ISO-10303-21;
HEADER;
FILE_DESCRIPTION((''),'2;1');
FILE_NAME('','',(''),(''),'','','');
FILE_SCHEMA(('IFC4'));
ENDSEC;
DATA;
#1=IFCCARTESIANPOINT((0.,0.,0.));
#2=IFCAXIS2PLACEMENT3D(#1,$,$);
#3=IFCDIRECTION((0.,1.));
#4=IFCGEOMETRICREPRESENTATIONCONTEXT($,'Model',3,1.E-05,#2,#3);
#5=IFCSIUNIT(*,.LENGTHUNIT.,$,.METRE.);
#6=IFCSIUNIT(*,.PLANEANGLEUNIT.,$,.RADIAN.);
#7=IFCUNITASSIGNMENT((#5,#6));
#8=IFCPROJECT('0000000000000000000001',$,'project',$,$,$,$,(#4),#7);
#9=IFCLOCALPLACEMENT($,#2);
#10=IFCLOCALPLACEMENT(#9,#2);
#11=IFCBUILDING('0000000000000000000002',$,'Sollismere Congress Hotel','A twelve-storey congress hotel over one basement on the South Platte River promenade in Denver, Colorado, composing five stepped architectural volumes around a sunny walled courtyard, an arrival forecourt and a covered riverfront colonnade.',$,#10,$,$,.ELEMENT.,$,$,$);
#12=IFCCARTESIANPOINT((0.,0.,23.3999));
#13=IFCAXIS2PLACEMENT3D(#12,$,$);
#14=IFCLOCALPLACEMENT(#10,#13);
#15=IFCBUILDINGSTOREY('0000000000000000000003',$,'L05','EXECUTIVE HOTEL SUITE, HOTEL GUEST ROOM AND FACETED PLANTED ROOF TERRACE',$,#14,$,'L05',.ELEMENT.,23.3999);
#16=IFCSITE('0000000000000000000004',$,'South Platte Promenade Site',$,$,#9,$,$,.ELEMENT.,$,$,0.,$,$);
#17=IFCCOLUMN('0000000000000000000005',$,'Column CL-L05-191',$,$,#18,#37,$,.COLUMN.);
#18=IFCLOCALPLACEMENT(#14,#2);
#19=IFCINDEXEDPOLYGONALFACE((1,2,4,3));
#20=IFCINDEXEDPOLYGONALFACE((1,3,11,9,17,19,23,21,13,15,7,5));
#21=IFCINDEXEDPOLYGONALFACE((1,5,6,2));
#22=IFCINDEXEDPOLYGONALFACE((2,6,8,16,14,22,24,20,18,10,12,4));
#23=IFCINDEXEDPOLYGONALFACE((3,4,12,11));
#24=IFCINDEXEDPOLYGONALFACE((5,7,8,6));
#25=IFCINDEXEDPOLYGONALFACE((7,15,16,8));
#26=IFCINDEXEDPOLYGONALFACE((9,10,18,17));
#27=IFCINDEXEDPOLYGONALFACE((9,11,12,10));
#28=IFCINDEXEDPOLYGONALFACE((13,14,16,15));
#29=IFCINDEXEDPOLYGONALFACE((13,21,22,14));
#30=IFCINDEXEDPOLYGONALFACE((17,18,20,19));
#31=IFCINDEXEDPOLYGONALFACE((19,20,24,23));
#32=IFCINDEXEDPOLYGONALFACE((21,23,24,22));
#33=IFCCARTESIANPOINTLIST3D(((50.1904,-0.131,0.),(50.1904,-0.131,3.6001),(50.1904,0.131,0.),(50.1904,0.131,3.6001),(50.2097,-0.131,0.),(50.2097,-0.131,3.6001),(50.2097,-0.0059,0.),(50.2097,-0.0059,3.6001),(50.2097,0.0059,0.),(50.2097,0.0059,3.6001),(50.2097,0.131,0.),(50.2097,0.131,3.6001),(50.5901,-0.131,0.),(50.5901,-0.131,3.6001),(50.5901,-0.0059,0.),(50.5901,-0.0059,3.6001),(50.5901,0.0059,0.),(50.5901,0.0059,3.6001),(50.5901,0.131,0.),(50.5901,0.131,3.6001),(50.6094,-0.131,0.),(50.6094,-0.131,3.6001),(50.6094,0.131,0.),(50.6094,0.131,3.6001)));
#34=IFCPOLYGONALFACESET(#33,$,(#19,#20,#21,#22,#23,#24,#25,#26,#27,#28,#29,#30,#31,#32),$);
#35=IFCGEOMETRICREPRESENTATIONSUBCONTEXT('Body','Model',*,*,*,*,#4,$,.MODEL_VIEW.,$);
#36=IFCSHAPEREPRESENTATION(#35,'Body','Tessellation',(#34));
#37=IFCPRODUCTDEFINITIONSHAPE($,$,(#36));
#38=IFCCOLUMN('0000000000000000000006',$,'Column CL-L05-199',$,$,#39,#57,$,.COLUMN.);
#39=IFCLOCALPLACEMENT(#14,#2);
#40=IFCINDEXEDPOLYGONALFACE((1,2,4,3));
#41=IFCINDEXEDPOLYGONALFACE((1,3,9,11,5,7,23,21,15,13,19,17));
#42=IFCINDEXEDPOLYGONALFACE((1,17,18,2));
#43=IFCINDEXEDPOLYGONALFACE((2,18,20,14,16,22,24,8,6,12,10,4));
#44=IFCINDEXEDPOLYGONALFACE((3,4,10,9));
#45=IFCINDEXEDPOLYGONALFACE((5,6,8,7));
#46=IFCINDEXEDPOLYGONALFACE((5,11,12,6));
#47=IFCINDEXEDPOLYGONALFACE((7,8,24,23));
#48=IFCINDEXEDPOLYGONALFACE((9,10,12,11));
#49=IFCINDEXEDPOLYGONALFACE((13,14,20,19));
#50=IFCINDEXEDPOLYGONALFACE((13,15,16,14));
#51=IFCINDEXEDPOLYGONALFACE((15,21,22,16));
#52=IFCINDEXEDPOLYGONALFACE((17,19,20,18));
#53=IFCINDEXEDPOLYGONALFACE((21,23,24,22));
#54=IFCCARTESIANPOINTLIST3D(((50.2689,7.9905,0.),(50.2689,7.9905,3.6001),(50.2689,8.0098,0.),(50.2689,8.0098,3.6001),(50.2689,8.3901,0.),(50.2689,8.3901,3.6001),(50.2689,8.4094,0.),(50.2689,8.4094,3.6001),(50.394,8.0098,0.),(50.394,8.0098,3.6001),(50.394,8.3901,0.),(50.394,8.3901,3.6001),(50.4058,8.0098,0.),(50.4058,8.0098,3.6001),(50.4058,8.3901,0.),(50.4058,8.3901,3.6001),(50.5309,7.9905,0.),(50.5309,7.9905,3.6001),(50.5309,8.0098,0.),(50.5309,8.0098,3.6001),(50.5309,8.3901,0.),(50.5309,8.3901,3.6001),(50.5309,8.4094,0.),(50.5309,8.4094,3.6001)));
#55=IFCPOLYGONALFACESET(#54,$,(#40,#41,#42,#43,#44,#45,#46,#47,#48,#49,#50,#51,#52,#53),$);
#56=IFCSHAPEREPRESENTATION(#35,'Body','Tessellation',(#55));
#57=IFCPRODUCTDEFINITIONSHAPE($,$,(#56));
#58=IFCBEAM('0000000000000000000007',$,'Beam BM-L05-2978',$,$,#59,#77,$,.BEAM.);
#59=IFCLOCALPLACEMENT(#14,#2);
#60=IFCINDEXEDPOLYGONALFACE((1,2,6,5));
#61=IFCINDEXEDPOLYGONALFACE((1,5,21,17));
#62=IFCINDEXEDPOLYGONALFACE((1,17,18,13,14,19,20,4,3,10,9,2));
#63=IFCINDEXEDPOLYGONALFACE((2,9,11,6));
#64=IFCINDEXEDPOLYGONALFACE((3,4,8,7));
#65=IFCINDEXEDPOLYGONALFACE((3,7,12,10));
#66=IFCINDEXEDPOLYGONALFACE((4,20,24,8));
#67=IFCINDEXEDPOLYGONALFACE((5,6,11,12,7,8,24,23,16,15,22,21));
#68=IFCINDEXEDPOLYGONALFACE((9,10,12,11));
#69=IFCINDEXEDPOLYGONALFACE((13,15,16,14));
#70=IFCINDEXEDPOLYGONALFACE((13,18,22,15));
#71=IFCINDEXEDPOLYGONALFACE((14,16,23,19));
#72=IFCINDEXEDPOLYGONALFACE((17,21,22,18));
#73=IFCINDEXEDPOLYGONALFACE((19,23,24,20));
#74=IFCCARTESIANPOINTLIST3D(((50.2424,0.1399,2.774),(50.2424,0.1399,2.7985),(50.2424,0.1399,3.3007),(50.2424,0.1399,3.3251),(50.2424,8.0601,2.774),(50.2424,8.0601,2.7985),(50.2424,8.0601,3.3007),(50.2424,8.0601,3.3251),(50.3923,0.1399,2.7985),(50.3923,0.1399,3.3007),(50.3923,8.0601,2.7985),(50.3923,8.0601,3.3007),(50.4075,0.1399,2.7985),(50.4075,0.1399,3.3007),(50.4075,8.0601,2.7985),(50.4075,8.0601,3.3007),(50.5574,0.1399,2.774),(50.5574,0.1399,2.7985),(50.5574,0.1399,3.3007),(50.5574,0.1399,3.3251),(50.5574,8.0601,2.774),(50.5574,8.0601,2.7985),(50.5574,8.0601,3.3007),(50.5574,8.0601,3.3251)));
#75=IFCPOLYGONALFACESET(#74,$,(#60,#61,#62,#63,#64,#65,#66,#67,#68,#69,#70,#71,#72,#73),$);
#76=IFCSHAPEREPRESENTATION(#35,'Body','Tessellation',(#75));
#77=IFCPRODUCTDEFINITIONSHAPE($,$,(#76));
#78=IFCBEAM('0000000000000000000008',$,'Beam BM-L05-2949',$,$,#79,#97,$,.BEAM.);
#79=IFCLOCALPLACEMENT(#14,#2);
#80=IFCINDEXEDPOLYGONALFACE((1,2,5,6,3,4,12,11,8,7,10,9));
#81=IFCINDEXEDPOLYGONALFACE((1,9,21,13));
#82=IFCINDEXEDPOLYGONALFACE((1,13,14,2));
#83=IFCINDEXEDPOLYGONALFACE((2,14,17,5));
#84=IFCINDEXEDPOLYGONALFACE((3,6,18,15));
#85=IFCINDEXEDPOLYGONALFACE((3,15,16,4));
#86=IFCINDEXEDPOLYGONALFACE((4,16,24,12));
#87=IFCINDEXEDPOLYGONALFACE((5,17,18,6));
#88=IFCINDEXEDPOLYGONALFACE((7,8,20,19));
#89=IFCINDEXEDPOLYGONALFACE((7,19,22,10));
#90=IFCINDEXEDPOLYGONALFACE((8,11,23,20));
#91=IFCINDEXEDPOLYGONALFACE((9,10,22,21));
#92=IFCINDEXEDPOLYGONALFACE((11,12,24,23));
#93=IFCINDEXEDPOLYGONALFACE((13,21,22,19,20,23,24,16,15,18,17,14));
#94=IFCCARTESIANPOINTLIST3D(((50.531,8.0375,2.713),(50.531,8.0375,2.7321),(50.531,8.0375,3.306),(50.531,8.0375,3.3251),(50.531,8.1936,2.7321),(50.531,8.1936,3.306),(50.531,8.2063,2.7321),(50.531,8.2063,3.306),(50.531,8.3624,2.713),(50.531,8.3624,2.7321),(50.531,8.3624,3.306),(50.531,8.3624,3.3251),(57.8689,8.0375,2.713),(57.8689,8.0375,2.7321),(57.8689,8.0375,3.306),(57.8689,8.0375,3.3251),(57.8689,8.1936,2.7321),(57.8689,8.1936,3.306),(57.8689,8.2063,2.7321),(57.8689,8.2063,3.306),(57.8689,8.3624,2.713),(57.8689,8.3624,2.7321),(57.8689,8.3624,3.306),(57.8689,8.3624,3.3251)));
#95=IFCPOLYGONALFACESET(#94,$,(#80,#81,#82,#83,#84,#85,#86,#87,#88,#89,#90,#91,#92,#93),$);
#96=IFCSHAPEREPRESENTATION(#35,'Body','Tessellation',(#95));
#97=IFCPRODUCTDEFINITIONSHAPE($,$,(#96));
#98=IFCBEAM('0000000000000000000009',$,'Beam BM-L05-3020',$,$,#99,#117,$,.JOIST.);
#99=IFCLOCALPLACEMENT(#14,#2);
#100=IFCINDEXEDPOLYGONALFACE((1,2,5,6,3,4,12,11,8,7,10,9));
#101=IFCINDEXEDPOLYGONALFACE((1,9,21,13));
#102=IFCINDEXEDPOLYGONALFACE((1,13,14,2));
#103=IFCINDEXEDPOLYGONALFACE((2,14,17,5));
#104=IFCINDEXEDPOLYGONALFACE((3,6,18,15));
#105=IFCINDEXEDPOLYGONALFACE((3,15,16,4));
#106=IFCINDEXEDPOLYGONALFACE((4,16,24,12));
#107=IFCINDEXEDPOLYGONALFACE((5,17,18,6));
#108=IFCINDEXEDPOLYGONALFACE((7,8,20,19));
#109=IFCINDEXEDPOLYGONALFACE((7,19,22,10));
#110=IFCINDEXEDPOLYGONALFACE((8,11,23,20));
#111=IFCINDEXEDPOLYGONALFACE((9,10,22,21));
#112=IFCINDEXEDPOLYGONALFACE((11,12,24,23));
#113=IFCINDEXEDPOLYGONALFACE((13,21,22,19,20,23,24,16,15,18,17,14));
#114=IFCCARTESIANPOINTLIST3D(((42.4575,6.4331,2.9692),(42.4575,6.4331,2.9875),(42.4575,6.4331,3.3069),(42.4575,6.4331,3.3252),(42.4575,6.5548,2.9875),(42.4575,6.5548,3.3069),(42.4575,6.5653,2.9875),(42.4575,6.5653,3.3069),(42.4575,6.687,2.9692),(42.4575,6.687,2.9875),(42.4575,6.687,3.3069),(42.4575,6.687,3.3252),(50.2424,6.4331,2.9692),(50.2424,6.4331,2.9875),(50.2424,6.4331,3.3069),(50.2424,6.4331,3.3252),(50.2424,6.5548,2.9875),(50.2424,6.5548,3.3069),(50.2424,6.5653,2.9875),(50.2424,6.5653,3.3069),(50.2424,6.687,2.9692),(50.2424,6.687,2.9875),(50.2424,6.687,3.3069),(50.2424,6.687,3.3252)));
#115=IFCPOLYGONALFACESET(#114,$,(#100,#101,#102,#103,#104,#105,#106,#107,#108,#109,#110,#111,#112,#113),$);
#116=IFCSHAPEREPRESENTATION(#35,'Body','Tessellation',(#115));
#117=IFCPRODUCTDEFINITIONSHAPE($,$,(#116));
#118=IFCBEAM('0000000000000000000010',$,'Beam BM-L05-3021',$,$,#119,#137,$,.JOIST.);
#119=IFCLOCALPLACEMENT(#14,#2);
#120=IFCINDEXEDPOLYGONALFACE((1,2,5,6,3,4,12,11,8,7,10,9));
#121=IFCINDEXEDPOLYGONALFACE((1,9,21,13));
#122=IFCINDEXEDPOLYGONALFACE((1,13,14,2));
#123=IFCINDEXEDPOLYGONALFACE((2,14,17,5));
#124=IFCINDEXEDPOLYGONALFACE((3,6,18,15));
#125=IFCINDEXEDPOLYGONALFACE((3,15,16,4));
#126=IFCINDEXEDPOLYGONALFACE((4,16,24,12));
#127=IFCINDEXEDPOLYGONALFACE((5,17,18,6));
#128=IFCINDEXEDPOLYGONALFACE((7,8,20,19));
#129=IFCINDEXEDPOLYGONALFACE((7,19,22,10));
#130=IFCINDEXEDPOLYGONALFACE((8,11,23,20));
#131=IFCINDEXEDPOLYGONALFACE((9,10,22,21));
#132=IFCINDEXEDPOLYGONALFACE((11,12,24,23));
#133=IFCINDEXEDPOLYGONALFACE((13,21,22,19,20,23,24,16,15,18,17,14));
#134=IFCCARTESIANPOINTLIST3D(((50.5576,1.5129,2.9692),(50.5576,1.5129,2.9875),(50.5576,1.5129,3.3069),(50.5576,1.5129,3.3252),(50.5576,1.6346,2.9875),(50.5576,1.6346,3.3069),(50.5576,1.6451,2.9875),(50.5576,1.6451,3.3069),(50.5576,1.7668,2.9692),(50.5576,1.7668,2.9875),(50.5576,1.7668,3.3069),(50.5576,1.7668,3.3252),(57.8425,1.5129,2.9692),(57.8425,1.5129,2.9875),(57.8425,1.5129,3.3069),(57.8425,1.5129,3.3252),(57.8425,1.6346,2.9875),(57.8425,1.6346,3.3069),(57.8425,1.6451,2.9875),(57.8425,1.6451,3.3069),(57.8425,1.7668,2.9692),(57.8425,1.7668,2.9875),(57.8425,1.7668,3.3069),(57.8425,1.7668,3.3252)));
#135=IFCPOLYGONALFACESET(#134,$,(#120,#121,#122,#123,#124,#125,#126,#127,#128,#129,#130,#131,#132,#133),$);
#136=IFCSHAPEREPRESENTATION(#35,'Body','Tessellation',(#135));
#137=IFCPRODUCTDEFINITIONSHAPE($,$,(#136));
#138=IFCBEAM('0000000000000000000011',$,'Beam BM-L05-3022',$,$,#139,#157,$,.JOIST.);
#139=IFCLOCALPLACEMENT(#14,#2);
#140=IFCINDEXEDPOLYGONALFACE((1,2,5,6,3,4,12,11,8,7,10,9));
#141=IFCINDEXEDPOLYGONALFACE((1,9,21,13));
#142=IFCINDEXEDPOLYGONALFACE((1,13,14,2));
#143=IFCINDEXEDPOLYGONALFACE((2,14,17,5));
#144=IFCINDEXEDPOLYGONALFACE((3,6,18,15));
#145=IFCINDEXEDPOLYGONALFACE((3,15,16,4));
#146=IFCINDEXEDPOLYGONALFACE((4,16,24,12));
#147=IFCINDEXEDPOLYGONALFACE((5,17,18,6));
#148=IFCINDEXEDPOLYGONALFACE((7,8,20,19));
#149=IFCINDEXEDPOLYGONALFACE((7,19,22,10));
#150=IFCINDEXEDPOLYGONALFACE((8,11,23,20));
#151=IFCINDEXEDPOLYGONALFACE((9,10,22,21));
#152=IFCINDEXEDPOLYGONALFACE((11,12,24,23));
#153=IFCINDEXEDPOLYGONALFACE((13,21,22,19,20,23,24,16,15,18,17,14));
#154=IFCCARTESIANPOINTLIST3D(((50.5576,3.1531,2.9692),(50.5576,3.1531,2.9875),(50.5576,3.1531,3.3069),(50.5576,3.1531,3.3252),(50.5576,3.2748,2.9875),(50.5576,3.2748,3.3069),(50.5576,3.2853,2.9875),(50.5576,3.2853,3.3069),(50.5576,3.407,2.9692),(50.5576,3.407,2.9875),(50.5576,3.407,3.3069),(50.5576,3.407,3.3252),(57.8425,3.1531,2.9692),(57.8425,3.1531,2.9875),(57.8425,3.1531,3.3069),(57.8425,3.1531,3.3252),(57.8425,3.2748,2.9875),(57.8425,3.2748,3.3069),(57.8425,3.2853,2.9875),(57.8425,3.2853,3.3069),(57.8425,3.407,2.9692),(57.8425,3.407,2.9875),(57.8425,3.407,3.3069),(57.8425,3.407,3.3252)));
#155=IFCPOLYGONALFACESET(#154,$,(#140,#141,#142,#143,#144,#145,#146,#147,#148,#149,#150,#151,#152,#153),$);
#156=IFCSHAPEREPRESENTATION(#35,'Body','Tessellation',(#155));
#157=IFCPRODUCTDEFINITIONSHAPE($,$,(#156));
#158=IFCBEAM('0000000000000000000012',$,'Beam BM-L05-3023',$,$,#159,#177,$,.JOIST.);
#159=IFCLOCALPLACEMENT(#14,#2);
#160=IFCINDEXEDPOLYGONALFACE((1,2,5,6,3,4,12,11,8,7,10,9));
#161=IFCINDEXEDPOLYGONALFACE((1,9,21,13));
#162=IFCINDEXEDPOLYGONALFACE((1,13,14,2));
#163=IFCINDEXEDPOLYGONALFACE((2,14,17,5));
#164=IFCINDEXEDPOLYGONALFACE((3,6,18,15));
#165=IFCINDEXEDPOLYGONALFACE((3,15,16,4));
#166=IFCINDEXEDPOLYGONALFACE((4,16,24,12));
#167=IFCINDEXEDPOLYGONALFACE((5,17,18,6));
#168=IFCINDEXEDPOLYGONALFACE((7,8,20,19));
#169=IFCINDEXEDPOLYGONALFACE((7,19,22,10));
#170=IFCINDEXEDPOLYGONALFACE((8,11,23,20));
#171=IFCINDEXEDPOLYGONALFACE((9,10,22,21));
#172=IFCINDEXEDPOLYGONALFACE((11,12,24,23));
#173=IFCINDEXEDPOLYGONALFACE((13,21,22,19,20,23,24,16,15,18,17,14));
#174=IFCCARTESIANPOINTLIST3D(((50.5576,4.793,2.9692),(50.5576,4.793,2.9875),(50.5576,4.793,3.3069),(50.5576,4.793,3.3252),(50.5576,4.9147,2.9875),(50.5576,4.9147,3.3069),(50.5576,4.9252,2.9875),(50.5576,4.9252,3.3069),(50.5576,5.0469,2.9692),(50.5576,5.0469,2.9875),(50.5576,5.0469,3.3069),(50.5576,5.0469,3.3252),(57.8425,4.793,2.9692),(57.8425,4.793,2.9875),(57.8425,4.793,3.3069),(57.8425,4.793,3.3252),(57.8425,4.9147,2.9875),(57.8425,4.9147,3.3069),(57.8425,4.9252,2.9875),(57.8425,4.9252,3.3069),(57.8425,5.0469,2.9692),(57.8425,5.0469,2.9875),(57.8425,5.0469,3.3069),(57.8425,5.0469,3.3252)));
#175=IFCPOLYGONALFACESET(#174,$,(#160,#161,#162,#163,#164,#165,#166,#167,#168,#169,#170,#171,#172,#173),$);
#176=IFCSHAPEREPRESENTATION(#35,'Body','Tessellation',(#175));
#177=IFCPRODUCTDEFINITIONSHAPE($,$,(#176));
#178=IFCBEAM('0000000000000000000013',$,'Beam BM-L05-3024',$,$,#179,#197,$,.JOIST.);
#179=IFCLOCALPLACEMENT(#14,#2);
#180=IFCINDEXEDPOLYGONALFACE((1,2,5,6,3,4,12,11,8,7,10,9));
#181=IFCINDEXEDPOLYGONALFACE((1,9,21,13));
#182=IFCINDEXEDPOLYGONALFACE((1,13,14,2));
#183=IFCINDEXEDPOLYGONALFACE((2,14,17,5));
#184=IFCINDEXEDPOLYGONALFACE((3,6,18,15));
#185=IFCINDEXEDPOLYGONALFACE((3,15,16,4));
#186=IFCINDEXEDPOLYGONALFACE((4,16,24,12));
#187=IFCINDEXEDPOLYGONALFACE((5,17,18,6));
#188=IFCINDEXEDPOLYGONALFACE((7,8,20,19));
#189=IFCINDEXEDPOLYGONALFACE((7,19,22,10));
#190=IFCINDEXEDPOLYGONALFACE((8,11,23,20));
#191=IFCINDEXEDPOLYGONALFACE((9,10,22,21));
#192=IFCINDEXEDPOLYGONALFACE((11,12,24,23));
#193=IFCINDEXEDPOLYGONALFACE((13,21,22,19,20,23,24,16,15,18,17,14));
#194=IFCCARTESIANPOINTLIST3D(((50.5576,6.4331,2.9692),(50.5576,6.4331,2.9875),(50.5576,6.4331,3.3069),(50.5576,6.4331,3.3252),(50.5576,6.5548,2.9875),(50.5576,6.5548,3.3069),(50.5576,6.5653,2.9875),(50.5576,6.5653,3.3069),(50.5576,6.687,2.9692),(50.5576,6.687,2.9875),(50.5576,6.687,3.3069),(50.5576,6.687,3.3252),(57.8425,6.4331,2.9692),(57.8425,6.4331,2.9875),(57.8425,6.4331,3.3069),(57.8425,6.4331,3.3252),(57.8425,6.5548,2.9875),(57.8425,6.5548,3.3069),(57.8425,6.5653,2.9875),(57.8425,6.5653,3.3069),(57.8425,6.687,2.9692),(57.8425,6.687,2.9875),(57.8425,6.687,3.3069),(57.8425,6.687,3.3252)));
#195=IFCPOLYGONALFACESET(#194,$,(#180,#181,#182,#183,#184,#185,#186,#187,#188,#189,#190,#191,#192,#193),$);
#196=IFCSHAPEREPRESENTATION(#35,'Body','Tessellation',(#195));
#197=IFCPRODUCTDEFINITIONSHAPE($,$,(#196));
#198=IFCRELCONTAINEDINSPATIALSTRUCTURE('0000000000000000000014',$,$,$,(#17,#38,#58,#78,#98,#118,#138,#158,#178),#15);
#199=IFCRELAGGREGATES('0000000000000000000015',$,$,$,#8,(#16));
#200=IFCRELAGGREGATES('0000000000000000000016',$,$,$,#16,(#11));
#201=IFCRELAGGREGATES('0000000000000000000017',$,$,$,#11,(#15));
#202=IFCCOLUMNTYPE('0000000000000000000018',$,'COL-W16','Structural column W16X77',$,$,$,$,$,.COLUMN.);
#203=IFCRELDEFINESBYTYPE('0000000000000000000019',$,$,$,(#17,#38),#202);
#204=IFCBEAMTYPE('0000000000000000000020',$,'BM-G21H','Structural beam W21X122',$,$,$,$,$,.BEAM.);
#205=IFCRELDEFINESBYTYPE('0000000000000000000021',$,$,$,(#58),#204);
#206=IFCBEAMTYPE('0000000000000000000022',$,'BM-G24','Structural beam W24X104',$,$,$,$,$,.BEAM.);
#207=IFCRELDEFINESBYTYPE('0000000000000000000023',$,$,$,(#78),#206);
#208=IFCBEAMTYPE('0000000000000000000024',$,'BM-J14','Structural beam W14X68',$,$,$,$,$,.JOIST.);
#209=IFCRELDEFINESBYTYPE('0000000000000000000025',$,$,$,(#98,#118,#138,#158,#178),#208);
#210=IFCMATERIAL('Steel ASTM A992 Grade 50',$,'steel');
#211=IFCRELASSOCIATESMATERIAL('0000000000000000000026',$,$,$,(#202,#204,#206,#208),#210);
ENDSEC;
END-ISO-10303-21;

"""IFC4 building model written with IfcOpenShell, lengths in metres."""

from ifc_helpers import new_model, si_unit, direction, frame, origin, origin_2d, place, context, subcontext, project, spatial, i_section, extrude, material, material_profile, profile_set, type_object, element, save


model = new_model("IFC4")

# Units and contexts
model_context = context("Model", 3, precision=1e-05, world=origin(), true_north=direction((0.0, 1.0)))
body_context = subcontext(model_context, "Body", "Model", "MODEL_VIEW")
ifc_project = project(units=[si_unit("LENGTHUNIT", "METRE"), si_unit("PLANEANGLEUNIT", "RADIAN")], contexts=[model_context])

# Site, building, storey
site_placement = place(None, origin())
site = spatial("IfcSite", under=ifc_project, at=site_placement, Name="South Platte Promenade Site", CompositionType="ELEMENT", RefElevation=0.0)
building_placement = place(site_placement, origin())
building = spatial("IfcBuilding", under=site, at=building_placement, Name="Sollismere Congress Hotel", Description="A twelve-storey congress hotel over one basement on the South Platte River promenade in Denver, Colorado, composing five stepped architectural volumes around a sunny walled courtyard, an arrival forecourt and a covered riverfront colonnade.", CompositionType="ELEMENT")
storey_placement = place(building_placement, frame((0.0, 0.0, 23.3999)))
storey = spatial("IfcBuildingStorey", under=building, at=storey_placement, Name="L05", Description="EXECUTIVE HOTEL SUITE, HOTEL GUEST ROOM AND FACETED PLANTED ROOF TERRACE", LongName="L05", CompositionType="ELEMENT", Elevation=23.3999)

# Columns
ifc_material_1 = material(Name="Steel ASTM A992 Grade 50", Category="steel")
ifc_material_profile_1 = material_profile(ifc_material_1, i_section(OverallWidth=0.262, OverallDepth=0.4189, WebThickness=0.0117, FlangeThickness=0.0193, at=origin_2d()), Name="W16X77")
ifc_profile_set_1 = profile_set([ifc_material_profile_1], Name="Steel ASTM A992 Grade 50")
column_type = type_object("IfcColumnType", Name="COL-W16", Description="Structural column W16X77", PredefinedType="COLUMN", material=ifc_profile_set_1)
for number, where, z_axis, x_axis, name in (
    (1, (50.3999, 0.0, 0.0), (0.0, 0.0, 1.0), (0.0, 1.0, 0.0), "Column CL-L05-191"),
    (2, (50.3999, 8.2, 0.0), (0.0, 0.0, 1.0), (1.0, 0.0, 0.0), "Column CL-L05-199"),
):
    element("IfcColumn", number, at=place(storey_placement, frame(where, z_axis=z_axis, x_axis=x_axis)), inside=storey, type_object=column_type, Name=name, PredefinedType="COLUMN", context=body_context, shape_type="SweptSolid", body=[
        extrude(i_section(OverallWidth=0.262, OverallDepth=0.4189, WebThickness=0.0117, FlangeThickness=0.0193, at=origin_2d()), origin(), (0.0, 0.0, 1.0), 3.6001),
    ])

# Beams
ifc_material_profile_2 = material_profile(ifc_material_1, i_section(OverallWidth=0.3149, OverallDepth=0.551, WebThickness=0.0151, FlangeThickness=0.0244, at=origin_2d()), Name="W21X122")
ifc_profile_set_2 = profile_set([ifc_material_profile_2], Name="Steel ASTM A992 Grade 50")
beam_type_1 = type_object("IfcBeamType", Name="BM-G21H", Description="Structural beam W21X122", PredefinedType="BEAM", material=ifc_profile_set_2)
beam_1_placement = place(storey_placement, frame((50.3999, 0.1399, 3.0496), z_axis=(0.0, 1.0, 0.0), x_axis=(-1.0, 0.0, 0.0)))
element("IfcBeam", 3, at=beam_1_placement, inside=storey, type_object=beam_type_1, Name="Beam BM-L05-2978", PredefinedType="BEAM", context=body_context, shape_type="SweptSolid", body=[
    extrude(i_section(OverallWidth=0.3149, OverallDepth=0.551, WebThickness=0.0151, FlangeThickness=0.0244, at=origin_2d()), origin(), (0.0, 0.0, 1.0), 7.9202),
])
ifc_material_profile_3 = material_profile(ifc_material_1, i_section(OverallWidth=0.325, OverallDepth=0.6121, WebThickness=0.0127, FlangeThickness=0.019, at=origin_2d()), Name="W24X104")
ifc_profile_set_3 = profile_set([ifc_material_profile_3], Name="Steel ASTM A992 Grade 50")
beam_type_2 = type_object("IfcBeamType", Name="BM-G24", Description="Structural beam W24X104", PredefinedType="BEAM", material=ifc_profile_set_3)
beam_2_placement = place(storey_placement, frame((50.531, 8.2, 3.019), z_axis=(1.0, 0.0, 0.0), x_axis=(0.0, 1.0, 0.0)))
element("IfcBeam", 4, at=beam_2_placement, inside=storey, type_object=beam_type_2, Name="Beam BM-L05-2949", PredefinedType="BEAM", context=body_context, shape_type="SweptSolid", body=[
    extrude(i_section(OverallWidth=0.325, OverallDepth=0.6121, WebThickness=0.0127, FlangeThickness=0.019, at=origin_2d()), origin(), (0.0, 0.0, 1.0), 7.3379),
])
ifc_material_profile_4 = material_profile(ifc_material_1, i_section(OverallWidth=0.2539, OverallDepth=0.356, WebThickness=0.0105, FlangeThickness=0.0183, at=origin_2d()), Name="W14X68")
ifc_profile_set_4 = profile_set([ifc_material_profile_4], Name="Steel ASTM A992 Grade 50")
beam_type_3 = type_object("IfcBeamType", Name="BM-J14", Description="Structural beam W14X68", PredefinedType="JOIST", material=ifc_profile_set_4)
beam_3_placement = place(storey_placement, frame((42.4575, 6.5601, 3.1472), z_axis=(1.0, 0.0, 0.0), x_axis=(0.0, 1.0, 0.0)))
element("IfcBeam", 5, at=beam_3_placement, inside=storey, type_object=beam_type_3, Name="Beam BM-L05-3020", PredefinedType="JOIST", context=body_context, shape_type="SweptSolid", body=[
    extrude(i_section(OverallWidth=0.2539, OverallDepth=0.356, WebThickness=0.0105, FlangeThickness=0.0183, at=origin_2d()), origin(), (0.0, 0.0, 1.0), 7.7849),
])
for number, where, z_axis, x_axis, name in (
    (6, (50.5576, 1.6399, 3.1472), (1.0, 0.0, 0.0), (0.0, 1.0, 0.0), "Beam BM-L05-3021"),
    (7, (50.5576, 3.28, 3.1472), (1.0, 0.0, 0.0), (0.0, 1.0, 0.0), "Beam BM-L05-3022"),
    (8, (50.5576, 4.9199, 3.1472), (1.0, 0.0, 0.0), (0.0, 1.0, 0.0), "Beam BM-L05-3023"),
    (9, (50.5576, 6.5601, 3.1472), (1.0, 0.0, 0.0), (0.0, 1.0, 0.0), "Beam BM-L05-3024"),
):
    element("IfcBeam", number, at=place(storey_placement, frame(where, z_axis=z_axis, x_axis=x_axis)), inside=storey, type_object=beam_type_3, Name=name, PredefinedType="JOIST", context=body_context, shape_type="SweptSolid", body=[
        extrude(i_section(OverallWidth=0.2539, OverallDepth=0.356, WebThickness=0.0105, FlangeThickness=0.0183, at=origin_2d()), origin(), (0.0, 0.0, 1.0), 7.2849),
    ])

save(model, "model.ifc")
